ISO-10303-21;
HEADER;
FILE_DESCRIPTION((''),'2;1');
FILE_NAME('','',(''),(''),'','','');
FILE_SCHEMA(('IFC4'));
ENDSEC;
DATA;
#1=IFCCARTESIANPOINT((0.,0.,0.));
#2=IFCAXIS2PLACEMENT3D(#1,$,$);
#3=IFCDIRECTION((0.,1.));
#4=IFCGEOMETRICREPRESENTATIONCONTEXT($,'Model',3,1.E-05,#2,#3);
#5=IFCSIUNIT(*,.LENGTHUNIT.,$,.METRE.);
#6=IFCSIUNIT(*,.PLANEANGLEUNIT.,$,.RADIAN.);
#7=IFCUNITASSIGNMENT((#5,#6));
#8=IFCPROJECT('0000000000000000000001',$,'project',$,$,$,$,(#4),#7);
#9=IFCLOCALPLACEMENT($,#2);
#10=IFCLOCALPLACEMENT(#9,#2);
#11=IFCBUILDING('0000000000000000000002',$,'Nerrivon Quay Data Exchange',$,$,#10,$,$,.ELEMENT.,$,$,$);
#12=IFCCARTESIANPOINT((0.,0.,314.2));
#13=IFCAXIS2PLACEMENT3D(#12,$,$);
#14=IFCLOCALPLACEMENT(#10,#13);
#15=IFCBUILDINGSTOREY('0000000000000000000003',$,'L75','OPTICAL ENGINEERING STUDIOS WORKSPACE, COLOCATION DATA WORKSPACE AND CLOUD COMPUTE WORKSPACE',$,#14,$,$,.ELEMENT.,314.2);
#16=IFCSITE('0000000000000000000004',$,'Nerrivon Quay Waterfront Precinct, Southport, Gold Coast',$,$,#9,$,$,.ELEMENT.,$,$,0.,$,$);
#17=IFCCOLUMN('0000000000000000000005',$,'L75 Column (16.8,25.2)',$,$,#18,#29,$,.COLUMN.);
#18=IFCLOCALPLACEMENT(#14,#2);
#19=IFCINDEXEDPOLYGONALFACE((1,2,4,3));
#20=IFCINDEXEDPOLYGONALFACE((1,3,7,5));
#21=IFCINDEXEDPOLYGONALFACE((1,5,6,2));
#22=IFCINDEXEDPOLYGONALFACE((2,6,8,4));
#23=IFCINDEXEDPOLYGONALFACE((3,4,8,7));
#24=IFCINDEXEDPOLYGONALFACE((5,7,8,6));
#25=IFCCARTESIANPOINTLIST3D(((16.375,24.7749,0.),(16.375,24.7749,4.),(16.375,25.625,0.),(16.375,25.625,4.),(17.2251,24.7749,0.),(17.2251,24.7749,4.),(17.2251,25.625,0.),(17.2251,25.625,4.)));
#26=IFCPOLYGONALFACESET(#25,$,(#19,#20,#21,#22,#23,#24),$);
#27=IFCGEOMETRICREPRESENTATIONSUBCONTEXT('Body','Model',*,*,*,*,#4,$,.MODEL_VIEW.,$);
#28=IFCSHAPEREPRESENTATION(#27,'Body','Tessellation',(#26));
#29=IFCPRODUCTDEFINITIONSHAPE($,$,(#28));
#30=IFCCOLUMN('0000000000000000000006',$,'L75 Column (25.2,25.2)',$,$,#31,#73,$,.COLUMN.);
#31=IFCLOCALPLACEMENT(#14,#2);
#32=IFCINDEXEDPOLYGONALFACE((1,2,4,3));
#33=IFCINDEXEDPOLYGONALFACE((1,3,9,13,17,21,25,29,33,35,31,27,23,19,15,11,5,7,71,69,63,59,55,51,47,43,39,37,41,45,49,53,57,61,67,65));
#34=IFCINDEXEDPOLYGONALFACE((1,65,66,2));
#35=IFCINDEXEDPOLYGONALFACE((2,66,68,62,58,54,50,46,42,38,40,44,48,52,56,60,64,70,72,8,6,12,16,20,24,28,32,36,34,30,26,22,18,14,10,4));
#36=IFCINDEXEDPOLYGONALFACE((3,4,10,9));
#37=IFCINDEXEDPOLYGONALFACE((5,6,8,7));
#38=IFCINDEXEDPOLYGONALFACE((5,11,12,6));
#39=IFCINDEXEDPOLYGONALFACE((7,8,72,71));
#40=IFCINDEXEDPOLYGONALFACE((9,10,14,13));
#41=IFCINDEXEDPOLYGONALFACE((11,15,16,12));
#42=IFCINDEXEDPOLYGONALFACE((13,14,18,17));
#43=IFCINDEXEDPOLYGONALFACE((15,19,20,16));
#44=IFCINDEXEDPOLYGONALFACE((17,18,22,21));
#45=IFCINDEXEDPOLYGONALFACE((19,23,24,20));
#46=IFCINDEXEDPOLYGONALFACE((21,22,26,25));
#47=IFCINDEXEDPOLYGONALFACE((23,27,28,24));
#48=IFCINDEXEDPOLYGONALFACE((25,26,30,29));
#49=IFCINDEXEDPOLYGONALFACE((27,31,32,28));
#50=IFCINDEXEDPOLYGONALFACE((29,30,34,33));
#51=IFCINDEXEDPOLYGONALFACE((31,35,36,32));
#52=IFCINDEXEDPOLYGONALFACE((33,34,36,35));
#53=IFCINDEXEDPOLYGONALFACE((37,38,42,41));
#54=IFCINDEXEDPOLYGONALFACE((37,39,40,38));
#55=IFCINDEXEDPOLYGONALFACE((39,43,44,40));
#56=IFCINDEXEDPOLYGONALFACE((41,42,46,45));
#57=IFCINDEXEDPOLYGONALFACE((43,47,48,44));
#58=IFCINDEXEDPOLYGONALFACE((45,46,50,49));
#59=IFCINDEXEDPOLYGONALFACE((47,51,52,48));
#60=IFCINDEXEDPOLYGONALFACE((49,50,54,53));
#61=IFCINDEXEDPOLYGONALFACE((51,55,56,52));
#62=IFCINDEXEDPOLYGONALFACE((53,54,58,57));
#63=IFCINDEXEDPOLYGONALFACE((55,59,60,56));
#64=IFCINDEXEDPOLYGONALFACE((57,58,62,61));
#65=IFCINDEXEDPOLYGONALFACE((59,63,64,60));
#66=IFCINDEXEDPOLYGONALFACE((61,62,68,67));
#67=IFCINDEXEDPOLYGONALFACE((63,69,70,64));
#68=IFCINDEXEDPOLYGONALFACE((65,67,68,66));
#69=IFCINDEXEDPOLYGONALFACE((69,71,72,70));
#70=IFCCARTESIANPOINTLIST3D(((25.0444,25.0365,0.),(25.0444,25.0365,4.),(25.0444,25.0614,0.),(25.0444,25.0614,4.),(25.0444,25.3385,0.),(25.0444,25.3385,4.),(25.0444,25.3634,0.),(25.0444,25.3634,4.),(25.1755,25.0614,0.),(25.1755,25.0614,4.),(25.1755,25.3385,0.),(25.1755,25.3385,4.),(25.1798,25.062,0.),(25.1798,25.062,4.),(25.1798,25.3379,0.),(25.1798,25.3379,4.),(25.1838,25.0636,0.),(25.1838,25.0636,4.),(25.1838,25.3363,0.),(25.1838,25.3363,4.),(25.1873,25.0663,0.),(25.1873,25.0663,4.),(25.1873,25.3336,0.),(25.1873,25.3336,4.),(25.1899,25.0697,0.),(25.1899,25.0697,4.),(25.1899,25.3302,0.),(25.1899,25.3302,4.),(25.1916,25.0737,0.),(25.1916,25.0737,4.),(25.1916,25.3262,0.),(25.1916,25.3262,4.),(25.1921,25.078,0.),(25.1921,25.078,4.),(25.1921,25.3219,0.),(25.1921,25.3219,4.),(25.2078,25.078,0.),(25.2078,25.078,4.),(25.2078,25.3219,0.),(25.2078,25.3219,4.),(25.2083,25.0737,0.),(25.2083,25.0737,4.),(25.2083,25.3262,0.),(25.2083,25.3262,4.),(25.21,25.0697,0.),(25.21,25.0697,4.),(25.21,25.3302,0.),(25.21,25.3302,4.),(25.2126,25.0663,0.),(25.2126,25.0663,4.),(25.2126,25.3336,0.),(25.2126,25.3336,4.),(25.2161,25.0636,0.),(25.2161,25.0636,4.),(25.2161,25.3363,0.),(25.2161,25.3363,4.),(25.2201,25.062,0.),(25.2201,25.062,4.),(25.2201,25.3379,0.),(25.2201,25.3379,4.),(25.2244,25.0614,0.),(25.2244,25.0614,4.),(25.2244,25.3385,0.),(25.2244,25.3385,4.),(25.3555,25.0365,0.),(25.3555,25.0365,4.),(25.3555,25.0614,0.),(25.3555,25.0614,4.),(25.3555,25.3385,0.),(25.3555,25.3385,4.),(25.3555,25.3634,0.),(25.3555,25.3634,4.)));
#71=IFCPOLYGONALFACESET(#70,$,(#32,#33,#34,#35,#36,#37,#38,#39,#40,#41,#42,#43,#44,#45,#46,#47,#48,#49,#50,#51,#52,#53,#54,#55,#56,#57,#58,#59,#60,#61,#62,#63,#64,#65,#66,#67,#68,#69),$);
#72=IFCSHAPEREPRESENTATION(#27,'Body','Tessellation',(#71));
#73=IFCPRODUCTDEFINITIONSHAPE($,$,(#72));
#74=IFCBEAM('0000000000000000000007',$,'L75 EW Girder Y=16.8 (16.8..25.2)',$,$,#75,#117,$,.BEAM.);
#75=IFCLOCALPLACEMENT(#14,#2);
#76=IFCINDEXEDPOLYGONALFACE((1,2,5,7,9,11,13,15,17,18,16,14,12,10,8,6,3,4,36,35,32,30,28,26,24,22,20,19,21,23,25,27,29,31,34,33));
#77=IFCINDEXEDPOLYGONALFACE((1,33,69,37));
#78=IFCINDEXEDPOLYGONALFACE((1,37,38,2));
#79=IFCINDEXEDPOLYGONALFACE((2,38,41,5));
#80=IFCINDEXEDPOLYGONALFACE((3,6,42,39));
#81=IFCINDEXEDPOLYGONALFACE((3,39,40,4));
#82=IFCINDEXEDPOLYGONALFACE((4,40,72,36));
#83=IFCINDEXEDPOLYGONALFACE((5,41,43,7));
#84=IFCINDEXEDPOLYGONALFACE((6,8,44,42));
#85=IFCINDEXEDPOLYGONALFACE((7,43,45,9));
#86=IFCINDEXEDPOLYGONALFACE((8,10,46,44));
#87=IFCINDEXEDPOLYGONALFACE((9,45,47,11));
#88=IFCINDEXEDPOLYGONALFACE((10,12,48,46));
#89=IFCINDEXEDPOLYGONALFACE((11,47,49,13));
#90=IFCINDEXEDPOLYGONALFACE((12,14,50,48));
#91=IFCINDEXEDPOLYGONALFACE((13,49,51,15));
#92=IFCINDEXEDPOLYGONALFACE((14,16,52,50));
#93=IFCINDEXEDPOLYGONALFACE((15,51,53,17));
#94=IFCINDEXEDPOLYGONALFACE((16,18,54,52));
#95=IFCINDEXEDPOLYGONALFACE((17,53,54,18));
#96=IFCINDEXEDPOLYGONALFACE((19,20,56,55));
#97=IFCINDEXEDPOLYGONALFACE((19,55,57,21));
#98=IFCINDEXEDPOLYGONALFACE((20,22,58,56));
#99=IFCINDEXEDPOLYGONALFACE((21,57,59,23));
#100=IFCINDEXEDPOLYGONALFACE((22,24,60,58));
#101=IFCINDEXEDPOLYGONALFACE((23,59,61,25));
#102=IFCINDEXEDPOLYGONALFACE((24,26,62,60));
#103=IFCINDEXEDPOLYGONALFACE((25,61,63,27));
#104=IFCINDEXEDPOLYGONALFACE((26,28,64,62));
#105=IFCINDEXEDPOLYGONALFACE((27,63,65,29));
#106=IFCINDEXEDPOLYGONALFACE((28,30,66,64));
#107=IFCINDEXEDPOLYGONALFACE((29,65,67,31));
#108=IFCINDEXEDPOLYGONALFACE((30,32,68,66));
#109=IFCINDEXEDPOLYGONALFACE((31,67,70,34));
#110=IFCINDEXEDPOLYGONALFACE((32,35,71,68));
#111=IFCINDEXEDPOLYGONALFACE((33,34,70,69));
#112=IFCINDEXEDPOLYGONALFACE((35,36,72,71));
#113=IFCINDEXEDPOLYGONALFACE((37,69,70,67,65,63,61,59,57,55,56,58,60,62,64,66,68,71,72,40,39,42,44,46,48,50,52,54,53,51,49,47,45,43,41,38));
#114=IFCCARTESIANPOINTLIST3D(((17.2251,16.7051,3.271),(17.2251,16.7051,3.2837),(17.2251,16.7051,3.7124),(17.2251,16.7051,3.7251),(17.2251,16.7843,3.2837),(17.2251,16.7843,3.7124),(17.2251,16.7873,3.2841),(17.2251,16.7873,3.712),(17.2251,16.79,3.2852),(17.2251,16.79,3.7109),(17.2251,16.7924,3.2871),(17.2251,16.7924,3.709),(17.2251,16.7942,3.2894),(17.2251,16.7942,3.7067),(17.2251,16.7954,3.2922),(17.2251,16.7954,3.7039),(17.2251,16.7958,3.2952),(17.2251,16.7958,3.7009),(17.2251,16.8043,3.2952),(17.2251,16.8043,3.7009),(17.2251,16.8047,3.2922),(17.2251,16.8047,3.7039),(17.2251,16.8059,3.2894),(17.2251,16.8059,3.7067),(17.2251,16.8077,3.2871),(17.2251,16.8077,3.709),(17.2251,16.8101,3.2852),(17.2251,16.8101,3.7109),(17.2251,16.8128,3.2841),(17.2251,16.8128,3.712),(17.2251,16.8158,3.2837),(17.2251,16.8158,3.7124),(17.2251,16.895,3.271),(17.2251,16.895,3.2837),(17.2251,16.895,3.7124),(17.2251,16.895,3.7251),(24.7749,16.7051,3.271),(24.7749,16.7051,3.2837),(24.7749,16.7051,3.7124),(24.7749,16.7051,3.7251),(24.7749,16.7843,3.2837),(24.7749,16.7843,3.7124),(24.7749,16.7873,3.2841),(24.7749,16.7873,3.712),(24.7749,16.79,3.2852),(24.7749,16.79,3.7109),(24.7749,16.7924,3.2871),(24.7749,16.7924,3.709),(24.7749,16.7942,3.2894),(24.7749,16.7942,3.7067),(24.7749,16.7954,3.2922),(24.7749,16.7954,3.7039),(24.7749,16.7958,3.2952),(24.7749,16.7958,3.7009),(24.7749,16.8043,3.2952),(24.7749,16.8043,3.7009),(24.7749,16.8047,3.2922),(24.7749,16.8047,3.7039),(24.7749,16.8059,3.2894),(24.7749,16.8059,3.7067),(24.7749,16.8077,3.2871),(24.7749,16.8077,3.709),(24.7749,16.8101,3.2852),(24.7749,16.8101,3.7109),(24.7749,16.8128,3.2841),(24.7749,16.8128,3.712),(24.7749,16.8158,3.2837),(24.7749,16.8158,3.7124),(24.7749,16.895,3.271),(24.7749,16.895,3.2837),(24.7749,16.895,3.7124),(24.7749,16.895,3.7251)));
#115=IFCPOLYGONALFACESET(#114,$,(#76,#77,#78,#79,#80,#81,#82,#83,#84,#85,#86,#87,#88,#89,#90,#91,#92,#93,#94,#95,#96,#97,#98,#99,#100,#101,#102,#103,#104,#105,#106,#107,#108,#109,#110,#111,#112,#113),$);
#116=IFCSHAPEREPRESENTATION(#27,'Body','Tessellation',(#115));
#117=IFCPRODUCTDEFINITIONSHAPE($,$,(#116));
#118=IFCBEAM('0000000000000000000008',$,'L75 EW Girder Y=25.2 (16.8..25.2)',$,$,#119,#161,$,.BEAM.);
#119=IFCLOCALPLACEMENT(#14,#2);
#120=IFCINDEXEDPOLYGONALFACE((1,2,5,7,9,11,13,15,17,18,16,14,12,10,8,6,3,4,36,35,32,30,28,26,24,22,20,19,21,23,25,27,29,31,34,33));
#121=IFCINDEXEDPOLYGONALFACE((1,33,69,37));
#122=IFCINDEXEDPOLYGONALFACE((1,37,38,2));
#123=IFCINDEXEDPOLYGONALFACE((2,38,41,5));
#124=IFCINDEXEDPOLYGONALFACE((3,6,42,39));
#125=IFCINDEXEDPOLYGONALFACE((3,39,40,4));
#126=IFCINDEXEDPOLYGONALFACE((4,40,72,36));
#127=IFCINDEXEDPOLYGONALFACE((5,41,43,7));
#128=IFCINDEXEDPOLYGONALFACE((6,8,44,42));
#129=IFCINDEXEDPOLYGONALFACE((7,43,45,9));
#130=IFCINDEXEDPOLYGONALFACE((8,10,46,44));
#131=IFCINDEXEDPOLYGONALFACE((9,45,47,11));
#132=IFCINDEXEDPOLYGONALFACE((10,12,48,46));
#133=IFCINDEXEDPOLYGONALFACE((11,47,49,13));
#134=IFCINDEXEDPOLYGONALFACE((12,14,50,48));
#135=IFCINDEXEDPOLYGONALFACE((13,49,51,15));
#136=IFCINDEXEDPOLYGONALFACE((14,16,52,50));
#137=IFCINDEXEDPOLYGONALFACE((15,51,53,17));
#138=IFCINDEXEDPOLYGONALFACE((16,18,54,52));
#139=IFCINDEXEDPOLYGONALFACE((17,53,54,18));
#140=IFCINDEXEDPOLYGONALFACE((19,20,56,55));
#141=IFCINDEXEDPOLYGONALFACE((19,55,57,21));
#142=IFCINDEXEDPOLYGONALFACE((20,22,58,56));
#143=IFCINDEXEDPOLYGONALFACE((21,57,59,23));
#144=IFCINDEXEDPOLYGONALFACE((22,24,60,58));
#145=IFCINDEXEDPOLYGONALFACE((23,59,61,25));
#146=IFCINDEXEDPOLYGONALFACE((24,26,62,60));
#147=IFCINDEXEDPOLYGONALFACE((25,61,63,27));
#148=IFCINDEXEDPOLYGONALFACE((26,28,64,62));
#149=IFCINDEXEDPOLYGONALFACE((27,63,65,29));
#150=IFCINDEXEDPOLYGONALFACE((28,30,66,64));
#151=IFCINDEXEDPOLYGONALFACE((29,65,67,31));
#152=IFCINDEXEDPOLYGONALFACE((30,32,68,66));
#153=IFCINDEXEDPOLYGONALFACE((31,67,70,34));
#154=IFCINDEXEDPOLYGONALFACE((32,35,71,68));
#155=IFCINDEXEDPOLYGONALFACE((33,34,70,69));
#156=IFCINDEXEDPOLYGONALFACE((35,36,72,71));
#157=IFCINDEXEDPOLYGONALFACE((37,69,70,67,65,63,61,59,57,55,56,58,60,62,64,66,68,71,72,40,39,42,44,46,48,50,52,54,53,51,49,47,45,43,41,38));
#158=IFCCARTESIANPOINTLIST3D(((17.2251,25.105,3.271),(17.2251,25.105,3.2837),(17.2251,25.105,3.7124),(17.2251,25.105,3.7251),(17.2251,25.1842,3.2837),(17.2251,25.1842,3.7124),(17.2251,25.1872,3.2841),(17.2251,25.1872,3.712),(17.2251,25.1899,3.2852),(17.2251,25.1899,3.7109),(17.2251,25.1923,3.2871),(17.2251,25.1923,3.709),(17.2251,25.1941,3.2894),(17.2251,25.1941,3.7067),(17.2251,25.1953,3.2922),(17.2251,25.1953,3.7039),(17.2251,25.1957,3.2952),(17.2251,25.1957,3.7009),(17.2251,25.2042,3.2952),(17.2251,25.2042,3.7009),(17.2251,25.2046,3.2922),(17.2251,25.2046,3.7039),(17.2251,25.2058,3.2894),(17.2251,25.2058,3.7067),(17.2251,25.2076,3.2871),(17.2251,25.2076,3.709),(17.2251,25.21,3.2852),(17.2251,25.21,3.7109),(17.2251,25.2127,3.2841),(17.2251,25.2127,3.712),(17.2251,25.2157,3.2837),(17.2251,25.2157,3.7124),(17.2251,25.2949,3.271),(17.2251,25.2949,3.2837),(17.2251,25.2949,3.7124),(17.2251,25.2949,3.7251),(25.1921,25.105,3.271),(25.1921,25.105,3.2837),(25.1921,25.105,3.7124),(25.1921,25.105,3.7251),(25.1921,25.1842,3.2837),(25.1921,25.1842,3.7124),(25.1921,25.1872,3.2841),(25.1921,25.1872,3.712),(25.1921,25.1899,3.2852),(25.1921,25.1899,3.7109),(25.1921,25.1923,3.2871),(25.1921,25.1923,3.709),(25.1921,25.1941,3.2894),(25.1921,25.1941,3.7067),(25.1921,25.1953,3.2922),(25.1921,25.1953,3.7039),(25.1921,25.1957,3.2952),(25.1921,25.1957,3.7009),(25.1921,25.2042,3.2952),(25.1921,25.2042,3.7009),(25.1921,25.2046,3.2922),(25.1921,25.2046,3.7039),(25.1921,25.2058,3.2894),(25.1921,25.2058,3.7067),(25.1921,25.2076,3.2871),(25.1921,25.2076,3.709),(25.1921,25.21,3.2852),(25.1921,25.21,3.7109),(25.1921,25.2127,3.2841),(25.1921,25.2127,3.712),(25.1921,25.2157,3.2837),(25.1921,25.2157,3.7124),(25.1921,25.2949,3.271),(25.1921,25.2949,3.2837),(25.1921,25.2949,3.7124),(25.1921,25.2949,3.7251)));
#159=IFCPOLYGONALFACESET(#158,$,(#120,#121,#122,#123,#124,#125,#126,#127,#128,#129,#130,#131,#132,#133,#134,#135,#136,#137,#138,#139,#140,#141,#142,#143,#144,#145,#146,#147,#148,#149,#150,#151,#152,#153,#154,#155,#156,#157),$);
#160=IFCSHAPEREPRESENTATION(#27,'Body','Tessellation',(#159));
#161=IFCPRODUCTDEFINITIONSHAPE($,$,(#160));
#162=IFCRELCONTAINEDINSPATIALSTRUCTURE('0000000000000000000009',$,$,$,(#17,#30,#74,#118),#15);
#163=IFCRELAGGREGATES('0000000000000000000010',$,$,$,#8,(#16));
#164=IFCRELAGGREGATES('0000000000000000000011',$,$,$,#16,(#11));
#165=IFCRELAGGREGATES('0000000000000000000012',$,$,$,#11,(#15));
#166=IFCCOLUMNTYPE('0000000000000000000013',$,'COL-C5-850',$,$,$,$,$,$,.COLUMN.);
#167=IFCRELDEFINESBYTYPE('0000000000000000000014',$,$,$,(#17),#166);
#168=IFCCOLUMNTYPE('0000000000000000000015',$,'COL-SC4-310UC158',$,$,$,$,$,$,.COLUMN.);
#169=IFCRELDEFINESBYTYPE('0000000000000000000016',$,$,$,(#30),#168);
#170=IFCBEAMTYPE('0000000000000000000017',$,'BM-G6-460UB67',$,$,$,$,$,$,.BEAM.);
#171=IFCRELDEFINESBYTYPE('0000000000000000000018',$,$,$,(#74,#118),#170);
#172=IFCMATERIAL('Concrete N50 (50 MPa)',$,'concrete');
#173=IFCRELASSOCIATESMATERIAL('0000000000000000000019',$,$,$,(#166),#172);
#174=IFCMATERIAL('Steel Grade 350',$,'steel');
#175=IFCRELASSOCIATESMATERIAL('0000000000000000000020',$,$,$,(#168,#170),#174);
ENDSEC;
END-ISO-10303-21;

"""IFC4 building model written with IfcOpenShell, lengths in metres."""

from ifc_helpers import new_model, si_unit, direction, frame, origin, origin_2d, place, context, subcontext, project, spatial, rectangle, i_section, extrude, material, material_profile, profile_set, type_object, element, save


model = new_model("IFC4")

# Units and contexts
model_context = context("Model", 3, precision=1e-05, world=origin(), true_north=direction((0.0, 1.0)))
body_context = subcontext(model_context, "Body", "Model", "MODEL_VIEW")
ifc_project = project(units=[si_unit("LENGTHUNIT", "METRE"), si_unit("PLANEANGLEUNIT", "RADIAN")], contexts=[model_context])

# Site, building, storey
site_placement = place(None, origin())
site = spatial("IfcSite", under=ifc_project, at=site_placement, Name="Nerrivon Quay Waterfront Precinct, Southport, Gold Coast", CompositionType="ELEMENT", RefElevation=0.0)
building_placement = place(site_placement, origin())
building = spatial("IfcBuilding", under=site, at=building_placement, Name="Nerrivon Quay Data Exchange", CompositionType="ELEMENT")
storey_placement = place(building_placement, frame((0.0, 0.0, 314.2)))
storey = spatial("IfcBuildingStorey", under=building, at=storey_placement, Name="L75", Description="OPTICAL ENGINEERING STUDIOS WORKSPACE, COLOCATION DATA WORKSPACE AND CLOUD COMPUTE WORKSPACE", CompositionType="ELEMENT", Elevation=314.2)

# Columns
ifc_material_1 = material(Name="Concrete N50 (50 MPa)", Category="concrete")
ifc_material_profile_1 = material_profile(ifc_material_1, rectangle(XDim=0.8501, YDim=0.8501, at=origin_2d()), Name="RC-COL-850x850")
ifc_profile_set_1 = profile_set([ifc_material_profile_1], Name="Concrete N50 (50 MPa)")
column_type_1 = type_object("IfcColumnType", Name="COL-C5-850", PredefinedType="COLUMN", material=ifc_profile_set_1)
column_1_placement = place(storey_placement, frame((16.8, 25.2, 0.0), z_axis=(0.0, 0.0, 1.0), x_axis=(1.0, 0.0, 0.0)))
element("IfcColumn", 1, at=column_1_placement, inside=storey, type_object=column_type_1, Name="L75 Column (16.8,25.2)", PredefinedType="COLUMN", context=body_context, shape_type="SweptSolid", body=[
    extrude(rectangle(XDim=0.8501, YDim=0.8501, at=origin_2d()), origin(), (0.0, 0.0, 1.0), 4.0),
])
ifc_material_2 = material(Name="Steel Grade 350", Category="steel")
ifc_material_profile_2 = material_profile(ifc_material_2, i_section(OverallWidth=0.311, OverallDepth=0.3269, WebThickness=0.0156, FlangeThickness=0.0249, FilletRadius=0.0166, at=origin_2d()), Name="310UC158")
ifc_profile_set_2 = profile_set([ifc_material_profile_2], Name="Steel Grade 350")
column_type_2 = type_object("IfcColumnType", Name="COL-SC4-310UC158", PredefinedType="COLUMN", material=ifc_profile_set_2)
column_2_placement = place(storey_placement, frame((25.2, 25.2, 0.0), z_axis=(0.0, 0.0, 1.0), x_axis=(1.0, 0.0, 0.0)))
element("IfcColumn", 2, at=column_2_placement, inside=storey, type_object=column_type_2, Name="L75 Column (25.2,25.2)", PredefinedType="COLUMN", context=body_context, shape_type="SweptSolid", body=[
    extrude(i_section(OverallWidth=0.311, OverallDepth=0.3269, WebThickness=0.0156, FlangeThickness=0.0249, FilletRadius=0.0166, at=origin_2d()), origin(), (0.0, 0.0, 1.0), 4.0),
])

# Beams
ifc_material_profile_3 = material_profile(ifc_material_2, i_section(OverallWidth=0.1899, OverallDepth=0.4541, WebThickness=0.0085, FlangeThickness=0.0127, FilletRadius=0.0115, at=origin_2d()), Name="460UB67.1")
ifc_profile_set_3 = profile_set([ifc_material_profile_3], Name="Steel Grade 350")
beam_type_1 = type_object("IfcBeamType", Name="BM-G6-460UB67", PredefinedType="BEAM", material=ifc_profile_set_3)
beam_1_placement = place(storey_placement, frame((17.2251, 16.8, 3.498), z_axis=(1.0, 0.0, 0.0), x_axis=(0.0, 1.0, 0.0)))
element("IfcBeam", 3, at=beam_1_placement, inside=storey, type_object=beam_type_1, Name="L75 EW Girder Y=16.8 (16.8..25.2)", PredefinedType="BEAM", context=body_context, shape_type="SweptSolid", body=[
    extrude(i_section(OverallWidth=0.1899, OverallDepth=0.4541, WebThickness=0.0085, FlangeThickness=0.0127, FilletRadius=0.0115, at=origin_2d()), origin(), (0.0, 0.0, 1.0), 7.5498),
])
beam_2_placement = place(storey_placement, frame((17.2251, 25.2, 3.498), z_axis=(1.0, 0.0, 0.0), x_axis=(0.0, 1.0, 0.0)))
element("IfcBeam", 4, at=beam_2_placement, inside=storey, type_object=beam_type_1, Name="L75 EW Girder Y=25.2 (16.8..25.2)", PredefinedType="BEAM", context=body_context, shape_type="SweptSolid", body=[
    extrude(i_section(OverallWidth=0.1899, OverallDepth=0.4541, WebThickness=0.0085, FlangeThickness=0.0127, FilletRadius=0.0115, at=origin_2d()), origin(), (0.0, 0.0, 1.0), 7.967),
])

save(model, "model.ifc")
